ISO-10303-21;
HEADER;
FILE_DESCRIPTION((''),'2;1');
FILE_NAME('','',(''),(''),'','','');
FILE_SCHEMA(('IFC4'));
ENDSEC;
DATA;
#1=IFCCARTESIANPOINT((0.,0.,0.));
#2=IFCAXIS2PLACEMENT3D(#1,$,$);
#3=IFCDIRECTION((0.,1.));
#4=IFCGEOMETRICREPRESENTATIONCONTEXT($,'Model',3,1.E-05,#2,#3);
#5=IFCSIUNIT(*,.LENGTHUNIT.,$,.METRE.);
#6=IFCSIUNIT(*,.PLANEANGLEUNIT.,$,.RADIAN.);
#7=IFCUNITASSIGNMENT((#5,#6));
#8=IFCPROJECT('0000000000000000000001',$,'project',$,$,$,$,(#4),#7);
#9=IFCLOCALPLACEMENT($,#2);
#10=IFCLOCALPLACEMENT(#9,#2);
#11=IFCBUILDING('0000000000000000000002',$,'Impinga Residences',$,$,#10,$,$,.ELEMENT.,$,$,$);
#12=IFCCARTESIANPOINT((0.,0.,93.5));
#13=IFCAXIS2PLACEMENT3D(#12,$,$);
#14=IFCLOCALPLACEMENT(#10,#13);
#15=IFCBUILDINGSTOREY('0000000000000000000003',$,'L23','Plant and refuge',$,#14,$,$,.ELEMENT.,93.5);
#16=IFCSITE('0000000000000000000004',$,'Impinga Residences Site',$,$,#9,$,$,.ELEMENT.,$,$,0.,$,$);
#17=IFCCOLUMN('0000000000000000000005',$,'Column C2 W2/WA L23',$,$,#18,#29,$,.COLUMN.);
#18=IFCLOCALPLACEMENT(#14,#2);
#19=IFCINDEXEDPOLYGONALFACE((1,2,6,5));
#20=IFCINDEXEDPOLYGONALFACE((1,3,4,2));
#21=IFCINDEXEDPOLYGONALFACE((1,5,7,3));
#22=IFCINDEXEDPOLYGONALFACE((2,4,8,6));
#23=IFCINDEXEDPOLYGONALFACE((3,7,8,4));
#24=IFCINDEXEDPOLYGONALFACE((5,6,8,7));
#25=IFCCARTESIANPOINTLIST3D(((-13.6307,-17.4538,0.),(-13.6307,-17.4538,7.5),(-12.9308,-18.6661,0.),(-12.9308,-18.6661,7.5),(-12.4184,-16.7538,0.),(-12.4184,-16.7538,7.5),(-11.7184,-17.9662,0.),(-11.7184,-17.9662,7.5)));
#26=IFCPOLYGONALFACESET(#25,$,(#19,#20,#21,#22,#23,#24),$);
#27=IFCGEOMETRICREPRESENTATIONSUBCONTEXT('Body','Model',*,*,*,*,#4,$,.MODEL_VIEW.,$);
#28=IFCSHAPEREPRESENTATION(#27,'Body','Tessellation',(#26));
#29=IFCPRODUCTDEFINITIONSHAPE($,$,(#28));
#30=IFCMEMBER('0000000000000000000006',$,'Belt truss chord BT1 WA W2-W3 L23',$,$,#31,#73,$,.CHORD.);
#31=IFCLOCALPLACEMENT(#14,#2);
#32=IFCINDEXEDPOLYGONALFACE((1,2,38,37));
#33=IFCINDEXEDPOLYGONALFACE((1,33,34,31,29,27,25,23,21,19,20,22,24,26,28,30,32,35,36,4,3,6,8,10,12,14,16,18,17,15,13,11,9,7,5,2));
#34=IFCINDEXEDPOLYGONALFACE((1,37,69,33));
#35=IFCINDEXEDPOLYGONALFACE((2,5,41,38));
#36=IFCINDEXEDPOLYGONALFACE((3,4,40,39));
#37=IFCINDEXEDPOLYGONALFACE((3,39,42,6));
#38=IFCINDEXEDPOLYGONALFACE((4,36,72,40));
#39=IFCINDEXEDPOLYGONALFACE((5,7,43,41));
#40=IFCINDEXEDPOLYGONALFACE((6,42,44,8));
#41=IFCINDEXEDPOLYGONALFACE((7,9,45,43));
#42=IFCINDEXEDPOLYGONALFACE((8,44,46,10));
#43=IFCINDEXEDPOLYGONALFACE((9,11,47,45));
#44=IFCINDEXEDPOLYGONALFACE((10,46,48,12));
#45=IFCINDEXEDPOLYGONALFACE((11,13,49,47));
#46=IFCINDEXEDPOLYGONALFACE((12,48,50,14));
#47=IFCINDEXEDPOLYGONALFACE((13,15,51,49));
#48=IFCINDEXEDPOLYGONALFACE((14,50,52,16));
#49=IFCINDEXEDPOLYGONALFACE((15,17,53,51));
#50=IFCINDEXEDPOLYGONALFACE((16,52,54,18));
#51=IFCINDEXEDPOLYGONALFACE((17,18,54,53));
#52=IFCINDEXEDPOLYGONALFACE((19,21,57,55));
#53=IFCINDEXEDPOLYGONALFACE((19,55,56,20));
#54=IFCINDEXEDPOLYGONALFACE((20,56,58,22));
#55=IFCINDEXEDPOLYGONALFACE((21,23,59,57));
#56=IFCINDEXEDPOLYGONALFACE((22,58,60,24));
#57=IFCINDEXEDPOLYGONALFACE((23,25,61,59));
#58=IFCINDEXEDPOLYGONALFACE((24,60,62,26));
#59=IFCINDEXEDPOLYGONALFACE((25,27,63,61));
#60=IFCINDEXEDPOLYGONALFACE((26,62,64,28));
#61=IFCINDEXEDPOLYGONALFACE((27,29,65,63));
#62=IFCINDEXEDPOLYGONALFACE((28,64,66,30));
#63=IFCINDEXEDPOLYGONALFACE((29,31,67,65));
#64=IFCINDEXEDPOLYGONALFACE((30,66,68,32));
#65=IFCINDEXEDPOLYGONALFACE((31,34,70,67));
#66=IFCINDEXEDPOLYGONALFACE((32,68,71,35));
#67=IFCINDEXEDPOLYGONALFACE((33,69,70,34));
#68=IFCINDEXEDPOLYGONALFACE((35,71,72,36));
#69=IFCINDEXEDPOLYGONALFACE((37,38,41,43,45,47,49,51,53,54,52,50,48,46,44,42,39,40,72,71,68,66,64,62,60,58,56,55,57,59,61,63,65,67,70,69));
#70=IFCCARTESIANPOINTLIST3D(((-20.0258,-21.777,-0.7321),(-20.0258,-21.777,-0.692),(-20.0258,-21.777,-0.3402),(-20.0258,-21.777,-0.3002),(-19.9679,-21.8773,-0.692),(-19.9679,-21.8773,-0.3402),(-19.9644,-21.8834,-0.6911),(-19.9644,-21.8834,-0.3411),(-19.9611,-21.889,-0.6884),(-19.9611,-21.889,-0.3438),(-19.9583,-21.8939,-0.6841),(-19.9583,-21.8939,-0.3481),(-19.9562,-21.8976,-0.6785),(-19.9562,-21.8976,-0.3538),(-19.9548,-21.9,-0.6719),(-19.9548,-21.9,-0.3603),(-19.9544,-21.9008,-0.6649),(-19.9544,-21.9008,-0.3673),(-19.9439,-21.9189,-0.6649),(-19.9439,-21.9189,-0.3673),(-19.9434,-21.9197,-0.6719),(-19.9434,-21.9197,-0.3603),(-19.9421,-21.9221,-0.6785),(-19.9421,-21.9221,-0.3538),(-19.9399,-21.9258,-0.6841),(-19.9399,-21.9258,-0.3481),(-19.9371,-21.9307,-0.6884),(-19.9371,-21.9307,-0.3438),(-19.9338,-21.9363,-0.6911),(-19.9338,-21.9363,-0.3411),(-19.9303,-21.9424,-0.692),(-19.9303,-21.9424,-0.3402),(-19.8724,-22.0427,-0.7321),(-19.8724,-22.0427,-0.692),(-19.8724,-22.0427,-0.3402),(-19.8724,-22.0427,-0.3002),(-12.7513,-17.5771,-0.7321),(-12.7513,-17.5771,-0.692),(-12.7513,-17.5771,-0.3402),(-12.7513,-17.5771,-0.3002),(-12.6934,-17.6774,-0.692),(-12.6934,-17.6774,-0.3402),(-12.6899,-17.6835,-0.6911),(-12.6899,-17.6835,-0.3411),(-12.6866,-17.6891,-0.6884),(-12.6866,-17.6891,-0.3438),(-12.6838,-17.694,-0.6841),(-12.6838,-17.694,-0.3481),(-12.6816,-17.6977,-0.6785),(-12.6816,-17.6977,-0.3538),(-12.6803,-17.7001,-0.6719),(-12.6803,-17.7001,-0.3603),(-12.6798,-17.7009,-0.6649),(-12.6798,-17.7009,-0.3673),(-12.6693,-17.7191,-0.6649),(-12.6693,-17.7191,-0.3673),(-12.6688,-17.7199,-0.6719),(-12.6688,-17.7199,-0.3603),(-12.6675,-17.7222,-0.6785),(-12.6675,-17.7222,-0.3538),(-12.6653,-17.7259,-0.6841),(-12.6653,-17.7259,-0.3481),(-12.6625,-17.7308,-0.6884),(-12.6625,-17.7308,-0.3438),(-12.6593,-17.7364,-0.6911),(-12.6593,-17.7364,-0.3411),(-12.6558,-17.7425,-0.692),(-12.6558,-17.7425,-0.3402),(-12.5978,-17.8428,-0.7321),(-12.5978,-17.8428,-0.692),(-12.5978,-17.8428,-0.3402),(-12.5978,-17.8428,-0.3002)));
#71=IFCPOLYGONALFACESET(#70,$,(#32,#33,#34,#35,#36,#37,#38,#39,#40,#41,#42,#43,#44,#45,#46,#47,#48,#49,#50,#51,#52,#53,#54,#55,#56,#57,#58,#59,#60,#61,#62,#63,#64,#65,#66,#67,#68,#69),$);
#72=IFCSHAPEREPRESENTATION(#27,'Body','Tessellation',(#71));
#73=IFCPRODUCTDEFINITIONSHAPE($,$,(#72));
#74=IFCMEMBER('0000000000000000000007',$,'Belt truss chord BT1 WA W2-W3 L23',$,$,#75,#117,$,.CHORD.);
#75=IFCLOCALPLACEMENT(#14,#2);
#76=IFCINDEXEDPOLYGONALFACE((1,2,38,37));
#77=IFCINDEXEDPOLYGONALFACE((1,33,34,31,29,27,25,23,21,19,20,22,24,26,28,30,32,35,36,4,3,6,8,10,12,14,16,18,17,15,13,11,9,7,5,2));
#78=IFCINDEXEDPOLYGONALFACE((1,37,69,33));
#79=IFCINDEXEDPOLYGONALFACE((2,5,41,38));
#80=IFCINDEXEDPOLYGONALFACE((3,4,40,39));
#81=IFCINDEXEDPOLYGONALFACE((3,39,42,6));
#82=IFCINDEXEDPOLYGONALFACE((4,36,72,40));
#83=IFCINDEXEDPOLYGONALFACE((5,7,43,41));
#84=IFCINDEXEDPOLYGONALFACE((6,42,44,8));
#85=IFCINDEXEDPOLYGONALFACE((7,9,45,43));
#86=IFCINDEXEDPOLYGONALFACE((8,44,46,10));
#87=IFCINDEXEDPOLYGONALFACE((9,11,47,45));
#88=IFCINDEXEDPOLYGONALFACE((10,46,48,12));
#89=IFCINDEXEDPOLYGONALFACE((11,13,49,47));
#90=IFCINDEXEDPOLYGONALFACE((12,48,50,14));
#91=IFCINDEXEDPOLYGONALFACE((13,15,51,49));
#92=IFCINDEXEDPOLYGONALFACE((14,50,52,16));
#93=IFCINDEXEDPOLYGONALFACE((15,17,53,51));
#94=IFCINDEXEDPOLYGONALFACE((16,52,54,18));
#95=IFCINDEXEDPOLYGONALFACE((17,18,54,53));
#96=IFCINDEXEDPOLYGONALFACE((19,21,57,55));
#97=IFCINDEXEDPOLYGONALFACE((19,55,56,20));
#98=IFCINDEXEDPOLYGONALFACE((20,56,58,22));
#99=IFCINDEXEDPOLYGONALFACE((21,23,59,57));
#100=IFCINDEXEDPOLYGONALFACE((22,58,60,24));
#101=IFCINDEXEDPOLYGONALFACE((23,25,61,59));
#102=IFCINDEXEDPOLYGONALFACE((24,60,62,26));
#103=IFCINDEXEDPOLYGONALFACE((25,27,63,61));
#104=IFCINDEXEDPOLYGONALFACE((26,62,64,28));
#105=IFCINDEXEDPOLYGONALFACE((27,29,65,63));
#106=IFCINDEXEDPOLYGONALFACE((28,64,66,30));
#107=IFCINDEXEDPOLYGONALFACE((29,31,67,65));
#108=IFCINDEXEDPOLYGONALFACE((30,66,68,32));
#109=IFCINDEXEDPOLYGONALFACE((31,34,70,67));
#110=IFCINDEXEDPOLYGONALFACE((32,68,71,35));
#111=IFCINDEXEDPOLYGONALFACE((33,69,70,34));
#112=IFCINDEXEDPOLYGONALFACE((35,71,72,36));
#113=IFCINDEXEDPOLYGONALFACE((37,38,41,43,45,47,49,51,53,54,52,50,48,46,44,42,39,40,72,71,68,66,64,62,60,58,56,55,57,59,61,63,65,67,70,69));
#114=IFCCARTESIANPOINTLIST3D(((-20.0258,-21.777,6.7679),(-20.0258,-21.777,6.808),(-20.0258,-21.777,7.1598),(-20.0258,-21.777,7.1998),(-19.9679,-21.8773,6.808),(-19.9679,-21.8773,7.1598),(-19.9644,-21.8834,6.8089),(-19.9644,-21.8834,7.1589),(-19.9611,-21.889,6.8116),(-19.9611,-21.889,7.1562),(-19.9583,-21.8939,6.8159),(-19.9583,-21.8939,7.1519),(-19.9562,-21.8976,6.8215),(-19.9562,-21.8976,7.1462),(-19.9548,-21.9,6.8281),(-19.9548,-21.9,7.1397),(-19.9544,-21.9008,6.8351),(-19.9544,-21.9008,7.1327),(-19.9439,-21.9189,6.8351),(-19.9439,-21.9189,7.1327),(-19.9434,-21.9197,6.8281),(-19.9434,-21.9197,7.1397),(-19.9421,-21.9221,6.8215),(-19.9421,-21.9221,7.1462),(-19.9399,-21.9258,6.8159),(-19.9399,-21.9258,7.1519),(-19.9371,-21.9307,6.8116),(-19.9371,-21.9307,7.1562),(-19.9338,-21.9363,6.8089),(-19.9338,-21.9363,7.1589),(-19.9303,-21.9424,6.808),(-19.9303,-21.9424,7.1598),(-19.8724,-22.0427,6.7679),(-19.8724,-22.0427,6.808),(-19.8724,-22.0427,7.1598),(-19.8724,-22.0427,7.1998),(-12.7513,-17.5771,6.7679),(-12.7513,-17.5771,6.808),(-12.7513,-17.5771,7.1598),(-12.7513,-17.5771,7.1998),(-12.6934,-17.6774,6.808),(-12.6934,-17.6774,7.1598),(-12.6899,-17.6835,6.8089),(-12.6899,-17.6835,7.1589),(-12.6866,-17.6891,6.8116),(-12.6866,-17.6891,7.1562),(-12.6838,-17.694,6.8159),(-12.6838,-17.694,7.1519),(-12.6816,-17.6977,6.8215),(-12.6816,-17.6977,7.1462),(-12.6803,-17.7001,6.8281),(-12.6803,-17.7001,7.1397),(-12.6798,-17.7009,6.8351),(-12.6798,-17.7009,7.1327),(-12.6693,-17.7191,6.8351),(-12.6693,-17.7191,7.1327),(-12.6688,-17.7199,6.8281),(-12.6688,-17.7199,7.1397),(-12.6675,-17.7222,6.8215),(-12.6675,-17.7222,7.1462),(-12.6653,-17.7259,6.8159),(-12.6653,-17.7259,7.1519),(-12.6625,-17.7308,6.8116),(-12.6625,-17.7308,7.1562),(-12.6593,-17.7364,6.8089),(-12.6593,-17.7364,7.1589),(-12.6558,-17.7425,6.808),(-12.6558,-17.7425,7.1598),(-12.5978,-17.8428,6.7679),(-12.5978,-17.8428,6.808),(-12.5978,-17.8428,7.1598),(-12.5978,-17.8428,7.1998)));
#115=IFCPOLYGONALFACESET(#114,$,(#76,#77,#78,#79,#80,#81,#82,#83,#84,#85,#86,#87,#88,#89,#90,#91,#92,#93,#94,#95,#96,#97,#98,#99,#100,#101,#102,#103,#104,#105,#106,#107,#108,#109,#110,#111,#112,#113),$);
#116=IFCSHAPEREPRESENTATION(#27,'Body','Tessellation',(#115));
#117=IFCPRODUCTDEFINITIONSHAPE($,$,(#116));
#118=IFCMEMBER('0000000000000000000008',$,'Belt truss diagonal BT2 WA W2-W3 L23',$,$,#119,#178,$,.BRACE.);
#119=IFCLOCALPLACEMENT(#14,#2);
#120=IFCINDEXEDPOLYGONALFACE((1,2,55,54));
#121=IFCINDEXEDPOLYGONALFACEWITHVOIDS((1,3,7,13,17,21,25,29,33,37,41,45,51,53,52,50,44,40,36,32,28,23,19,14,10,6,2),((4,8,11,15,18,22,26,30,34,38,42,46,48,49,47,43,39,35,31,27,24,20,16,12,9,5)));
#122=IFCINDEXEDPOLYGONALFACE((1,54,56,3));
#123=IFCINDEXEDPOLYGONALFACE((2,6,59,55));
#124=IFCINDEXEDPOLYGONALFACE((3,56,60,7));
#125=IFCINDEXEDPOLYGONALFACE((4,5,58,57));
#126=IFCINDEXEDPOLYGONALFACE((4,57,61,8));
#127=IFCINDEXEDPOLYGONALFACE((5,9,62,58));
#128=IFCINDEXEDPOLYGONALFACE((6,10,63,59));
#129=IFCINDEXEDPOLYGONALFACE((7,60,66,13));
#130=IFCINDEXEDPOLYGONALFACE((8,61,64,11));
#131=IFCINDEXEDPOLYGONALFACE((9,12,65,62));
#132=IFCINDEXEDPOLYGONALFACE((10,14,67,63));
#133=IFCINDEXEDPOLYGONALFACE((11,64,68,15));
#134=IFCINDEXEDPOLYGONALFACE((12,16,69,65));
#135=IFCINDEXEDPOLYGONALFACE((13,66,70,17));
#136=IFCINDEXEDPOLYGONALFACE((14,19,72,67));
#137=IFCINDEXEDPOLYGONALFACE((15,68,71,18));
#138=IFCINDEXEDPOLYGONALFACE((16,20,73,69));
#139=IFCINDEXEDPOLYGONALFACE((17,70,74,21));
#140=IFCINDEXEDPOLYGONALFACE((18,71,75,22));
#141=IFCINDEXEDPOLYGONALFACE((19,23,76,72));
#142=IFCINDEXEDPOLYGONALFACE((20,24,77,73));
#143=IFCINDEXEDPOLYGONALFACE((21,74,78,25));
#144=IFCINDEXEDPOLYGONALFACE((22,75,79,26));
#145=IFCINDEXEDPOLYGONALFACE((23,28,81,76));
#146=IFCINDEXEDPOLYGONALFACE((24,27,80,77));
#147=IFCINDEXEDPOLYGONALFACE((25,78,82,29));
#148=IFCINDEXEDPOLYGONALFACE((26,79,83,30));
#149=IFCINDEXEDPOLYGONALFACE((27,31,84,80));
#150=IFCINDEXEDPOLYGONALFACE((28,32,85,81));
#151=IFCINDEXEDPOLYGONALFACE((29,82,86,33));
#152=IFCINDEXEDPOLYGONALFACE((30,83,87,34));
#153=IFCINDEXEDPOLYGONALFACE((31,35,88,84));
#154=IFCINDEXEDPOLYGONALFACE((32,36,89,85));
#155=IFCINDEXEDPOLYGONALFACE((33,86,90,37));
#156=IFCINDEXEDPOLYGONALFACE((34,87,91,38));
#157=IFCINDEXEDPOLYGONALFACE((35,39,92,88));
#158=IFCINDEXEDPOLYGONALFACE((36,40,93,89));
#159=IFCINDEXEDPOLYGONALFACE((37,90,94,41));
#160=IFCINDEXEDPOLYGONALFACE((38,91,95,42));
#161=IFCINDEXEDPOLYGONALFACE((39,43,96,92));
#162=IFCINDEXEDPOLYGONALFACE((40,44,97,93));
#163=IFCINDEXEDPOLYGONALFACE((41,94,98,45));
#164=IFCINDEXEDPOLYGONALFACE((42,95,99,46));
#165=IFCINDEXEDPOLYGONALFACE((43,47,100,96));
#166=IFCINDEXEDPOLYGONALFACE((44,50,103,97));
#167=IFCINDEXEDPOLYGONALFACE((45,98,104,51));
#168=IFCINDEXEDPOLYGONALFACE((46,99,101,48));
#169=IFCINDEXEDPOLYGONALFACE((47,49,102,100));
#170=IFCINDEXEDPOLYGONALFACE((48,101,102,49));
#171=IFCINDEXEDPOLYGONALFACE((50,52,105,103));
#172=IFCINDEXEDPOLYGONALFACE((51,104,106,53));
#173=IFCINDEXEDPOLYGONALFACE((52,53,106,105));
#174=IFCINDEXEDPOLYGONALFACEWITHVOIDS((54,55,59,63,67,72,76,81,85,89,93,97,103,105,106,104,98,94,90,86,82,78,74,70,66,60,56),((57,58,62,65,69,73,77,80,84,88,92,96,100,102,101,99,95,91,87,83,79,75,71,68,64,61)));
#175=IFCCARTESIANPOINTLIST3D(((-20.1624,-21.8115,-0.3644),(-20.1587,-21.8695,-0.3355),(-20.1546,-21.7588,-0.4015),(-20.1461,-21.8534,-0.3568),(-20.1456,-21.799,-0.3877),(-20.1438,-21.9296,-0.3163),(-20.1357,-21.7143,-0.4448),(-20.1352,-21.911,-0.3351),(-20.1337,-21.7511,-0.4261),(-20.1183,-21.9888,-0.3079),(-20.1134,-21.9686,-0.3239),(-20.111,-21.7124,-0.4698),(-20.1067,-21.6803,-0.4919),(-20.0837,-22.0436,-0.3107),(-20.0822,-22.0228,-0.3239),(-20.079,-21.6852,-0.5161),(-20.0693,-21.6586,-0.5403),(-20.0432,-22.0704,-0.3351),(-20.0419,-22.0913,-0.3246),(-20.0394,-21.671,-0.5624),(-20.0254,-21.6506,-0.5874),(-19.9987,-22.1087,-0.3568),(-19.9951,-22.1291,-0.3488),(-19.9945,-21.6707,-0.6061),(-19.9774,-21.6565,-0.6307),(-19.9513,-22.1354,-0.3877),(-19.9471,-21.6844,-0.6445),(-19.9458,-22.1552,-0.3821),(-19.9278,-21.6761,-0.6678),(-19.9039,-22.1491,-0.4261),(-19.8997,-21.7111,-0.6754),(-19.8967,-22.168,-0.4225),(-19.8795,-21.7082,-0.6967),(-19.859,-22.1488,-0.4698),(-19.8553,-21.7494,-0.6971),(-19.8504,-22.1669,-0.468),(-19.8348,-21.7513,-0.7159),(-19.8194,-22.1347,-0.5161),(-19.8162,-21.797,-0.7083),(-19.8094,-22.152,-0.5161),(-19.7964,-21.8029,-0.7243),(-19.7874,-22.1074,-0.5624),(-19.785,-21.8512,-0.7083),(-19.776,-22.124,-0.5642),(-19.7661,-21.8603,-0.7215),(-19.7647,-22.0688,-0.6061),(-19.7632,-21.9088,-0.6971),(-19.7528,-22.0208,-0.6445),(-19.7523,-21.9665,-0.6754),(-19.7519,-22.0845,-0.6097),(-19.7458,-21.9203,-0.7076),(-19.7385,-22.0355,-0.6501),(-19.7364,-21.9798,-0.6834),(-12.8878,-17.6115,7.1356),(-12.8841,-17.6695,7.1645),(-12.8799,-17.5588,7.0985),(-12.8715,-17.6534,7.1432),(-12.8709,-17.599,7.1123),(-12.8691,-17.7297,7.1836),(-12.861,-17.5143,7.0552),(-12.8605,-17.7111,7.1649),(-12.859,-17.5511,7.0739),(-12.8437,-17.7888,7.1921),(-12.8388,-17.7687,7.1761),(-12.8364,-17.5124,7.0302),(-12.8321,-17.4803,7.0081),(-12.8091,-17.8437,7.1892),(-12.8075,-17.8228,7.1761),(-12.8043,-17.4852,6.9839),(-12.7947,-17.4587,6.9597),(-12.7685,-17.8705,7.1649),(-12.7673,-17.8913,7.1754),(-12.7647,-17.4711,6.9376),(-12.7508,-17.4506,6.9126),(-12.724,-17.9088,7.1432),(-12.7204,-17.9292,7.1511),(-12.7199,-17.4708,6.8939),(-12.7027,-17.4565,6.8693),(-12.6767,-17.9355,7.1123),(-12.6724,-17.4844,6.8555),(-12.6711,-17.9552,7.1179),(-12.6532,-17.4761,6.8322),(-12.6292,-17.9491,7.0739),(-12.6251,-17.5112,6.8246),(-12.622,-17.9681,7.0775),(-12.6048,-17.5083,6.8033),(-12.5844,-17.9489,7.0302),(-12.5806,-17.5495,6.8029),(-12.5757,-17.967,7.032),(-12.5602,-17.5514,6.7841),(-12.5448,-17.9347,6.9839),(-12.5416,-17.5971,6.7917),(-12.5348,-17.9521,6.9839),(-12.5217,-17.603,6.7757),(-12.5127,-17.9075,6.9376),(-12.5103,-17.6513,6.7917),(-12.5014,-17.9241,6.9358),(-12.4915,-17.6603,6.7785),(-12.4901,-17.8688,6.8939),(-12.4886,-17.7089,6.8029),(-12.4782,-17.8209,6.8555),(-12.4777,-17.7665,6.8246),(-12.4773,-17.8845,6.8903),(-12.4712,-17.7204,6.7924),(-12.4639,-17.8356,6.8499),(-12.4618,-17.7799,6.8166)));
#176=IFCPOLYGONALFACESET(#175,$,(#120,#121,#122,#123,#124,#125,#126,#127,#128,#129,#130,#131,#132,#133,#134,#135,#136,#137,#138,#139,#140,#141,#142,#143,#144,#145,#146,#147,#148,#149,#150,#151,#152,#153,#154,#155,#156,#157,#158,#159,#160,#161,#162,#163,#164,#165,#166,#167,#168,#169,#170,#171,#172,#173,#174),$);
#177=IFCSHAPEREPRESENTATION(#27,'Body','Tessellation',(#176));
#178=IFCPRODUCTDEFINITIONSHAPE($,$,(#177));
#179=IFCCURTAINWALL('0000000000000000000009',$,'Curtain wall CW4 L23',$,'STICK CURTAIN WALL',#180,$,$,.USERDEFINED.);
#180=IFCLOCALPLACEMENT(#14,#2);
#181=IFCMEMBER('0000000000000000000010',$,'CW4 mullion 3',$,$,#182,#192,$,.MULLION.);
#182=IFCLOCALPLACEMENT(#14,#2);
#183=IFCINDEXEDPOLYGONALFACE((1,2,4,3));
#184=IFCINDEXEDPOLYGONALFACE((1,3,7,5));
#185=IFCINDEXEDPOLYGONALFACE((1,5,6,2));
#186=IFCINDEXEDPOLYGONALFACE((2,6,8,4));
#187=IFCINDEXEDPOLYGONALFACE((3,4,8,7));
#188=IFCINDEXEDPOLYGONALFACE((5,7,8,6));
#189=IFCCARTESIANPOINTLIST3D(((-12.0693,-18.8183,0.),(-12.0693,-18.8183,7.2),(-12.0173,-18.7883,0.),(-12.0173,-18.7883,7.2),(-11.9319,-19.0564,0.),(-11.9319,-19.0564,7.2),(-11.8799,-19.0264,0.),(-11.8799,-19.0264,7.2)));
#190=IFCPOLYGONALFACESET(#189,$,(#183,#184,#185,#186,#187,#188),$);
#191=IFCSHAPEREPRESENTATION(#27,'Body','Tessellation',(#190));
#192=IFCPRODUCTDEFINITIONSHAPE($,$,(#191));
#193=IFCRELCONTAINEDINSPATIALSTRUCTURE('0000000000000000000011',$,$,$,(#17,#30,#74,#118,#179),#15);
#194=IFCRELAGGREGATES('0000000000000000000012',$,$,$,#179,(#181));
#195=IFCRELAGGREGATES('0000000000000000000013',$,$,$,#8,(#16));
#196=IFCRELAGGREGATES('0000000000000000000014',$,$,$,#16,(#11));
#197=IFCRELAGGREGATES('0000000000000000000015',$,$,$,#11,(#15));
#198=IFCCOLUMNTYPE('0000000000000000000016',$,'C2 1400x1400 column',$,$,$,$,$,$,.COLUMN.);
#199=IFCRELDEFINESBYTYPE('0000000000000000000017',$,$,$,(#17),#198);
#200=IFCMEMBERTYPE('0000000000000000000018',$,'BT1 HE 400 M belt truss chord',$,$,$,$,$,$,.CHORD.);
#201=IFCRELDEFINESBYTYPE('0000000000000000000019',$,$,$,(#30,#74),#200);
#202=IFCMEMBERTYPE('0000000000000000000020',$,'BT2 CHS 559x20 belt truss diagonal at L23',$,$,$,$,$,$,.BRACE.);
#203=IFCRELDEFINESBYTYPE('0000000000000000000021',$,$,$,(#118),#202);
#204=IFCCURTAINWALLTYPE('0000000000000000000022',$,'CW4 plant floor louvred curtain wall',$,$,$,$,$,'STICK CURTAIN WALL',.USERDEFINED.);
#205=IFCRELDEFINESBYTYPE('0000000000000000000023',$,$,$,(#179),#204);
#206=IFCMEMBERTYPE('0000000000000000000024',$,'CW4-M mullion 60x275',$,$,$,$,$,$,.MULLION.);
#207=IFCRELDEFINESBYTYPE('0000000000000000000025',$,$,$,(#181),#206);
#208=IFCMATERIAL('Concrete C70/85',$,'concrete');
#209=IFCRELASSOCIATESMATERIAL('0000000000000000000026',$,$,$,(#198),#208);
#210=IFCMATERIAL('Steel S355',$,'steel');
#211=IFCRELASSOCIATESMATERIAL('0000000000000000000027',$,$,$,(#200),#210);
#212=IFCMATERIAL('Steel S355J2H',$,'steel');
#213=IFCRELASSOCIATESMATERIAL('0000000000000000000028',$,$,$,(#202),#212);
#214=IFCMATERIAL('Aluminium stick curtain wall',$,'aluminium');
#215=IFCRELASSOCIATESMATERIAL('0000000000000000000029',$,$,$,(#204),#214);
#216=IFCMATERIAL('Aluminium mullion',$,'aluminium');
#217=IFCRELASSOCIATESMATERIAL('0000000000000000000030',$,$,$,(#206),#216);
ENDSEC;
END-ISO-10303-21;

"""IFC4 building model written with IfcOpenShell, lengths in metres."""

from ifc_helpers import new_model, si_unit, direction, frame, origin, origin_2d, place, context, subcontext, project, spatial, rectangle, hollow_circle, i_section, extrude, material, material_profile, profile_set, type_object, element, aggregate, save


model = new_model("IFC4")

# Units and contexts
model_context = context("Model", 3, precision=1e-05, world=origin(), true_north=direction((0.0, 1.0)))
body_context = subcontext(model_context, "Body", "Model", "MODEL_VIEW")
ifc_project = project(units=[si_unit("LENGTHUNIT", "METRE"), si_unit("PLANEANGLEUNIT", "RADIAN")], contexts=[model_context])

# Site, building, storey
site_placement = place(None, origin())
site = spatial("IfcSite", under=ifc_project, at=site_placement, Name="Impinga Residences Site", CompositionType="ELEMENT", RefElevation=0.0)
building_placement = place(site_placement, origin())
building = spatial("IfcBuilding", under=site, at=building_placement, Name="Impinga Residences", CompositionType="ELEMENT")
storey_placement = place(building_placement, frame((0.0, 0.0, 93.5)))
storey = spatial("IfcBuildingStorey", under=building, at=storey_placement, Name="L23", Description="Plant and refuge", CompositionType="ELEMENT", Elevation=93.5)

# Column
ifc_material_1 = material(Name="Concrete C70/85", Category="concrete")
ifc_material_profile_1 = material_profile(ifc_material_1, rectangle(XDim=1.3999, YDim=1.3999, at=origin_2d()), Name="RC 1400x1400")
ifc_profile_set_1 = profile_set([ifc_material_profile_1], Name="Concrete C70/85")
column_type = type_object("IfcColumnType", Name="C2 1400x1400 column", PredefinedType="COLUMN", material=ifc_profile_set_1)
column_placement = place(storey_placement, frame((-12.6746, -17.71, 0.0), z_axis=(0.0, 0.0, 1.0), x_axis=(-0.5, 0.866025, 0.0)))
element("IfcColumn", 1, at=column_placement, inside=storey, type_object=column_type, Name="Column C2 W2/WA L23", PredefinedType="COLUMN", context=body_context, shape_type="SweptSolid", body=[
    extrude(rectangle(XDim=1.3999, YDim=1.3999, at=origin_2d()), origin(), (0.0, 0.0, 1.0), 7.5),
])

# Members
ifc_material_2 = material(Name="Steel S355", Category="steel")
ifc_material_profile_2 = material_profile(ifc_material_2, i_section(OverallWidth=0.3069, OverallDepth=0.4319, WebThickness=0.021, FlangeThickness=0.04, FilletRadius=0.0271, at=origin_2d()), Name="HE 400 M")
ifc_profile_set_2 = profile_set([ifc_material_profile_2], Name="Steel S355")
member_type_1 = type_object("IfcMemberType", Name="BT1 HE 400 M belt truss chord", PredefinedType="CHORD", material=ifc_profile_set_2)
for number, where, z_axis, x_axis, name in (
    (2, (-12.6746, -17.71, -0.5161), (-0.866029, -0.499993, 0.0), (0.499993, -0.866029, 0.0), "Belt truss chord BT1 WA W2-W3 L23"),
    (3, (-12.6746, -17.71, 6.9839), (-0.866029, -0.499993, 0.0), (0.499993, -0.866029, 0.0), "Belt truss chord BT1 WA W2-W3 L23"),
):
    element("IfcMember", number, at=place(storey_placement, frame(where, z_axis=z_axis, x_axis=x_axis)), inside=storey, type_object=member_type_1, Name=name, PredefinedType="CHORD", context=body_context, shape_type="SweptSolid", body=[
        extrude(i_section(OverallWidth=0.3069, OverallDepth=0.4319, WebThickness=0.021, FlangeThickness=0.04, FilletRadius=0.0271, at=origin_2d()), origin(), (0.0, 0.0, 1.0), 8.3999),
    ])
ifc_material_3 = material(Name="Steel S355J2H", Category="steel")
ifc_material_profile_3 = material_profile(ifc_material_3, hollow_circle(Radius=0.2795, WallThickness=0.02, at=origin_2d()), Name="CHS 559x20")
ifc_profile_set_3 = profile_set([ifc_material_profile_3], Name="Steel S355J2H")
member_type_2 = type_object("IfcMemberType", Name="BT2 CHS 559x20 belt truss diagonal at L23", PredefinedType="BRACE", material=ifc_profile_set_3)
member_1_placement = place(storey_placement, frame((-12.6746, -17.71, 6.9839), z_axis=(-0.646004, -0.372964, -0.666015), x_axis=(0.499993, -0.866029, 0.0)))
element("IfcMember", 4, at=member_1_placement, inside=storey, type_object=member_type_2, Name="Belt truss diagonal BT2 WA W2-W3 L23", PredefinedType="BRACE", context=body_context, shape_type="SweptSolid", body=[
    extrude(hollow_circle(Radius=0.2795, WallThickness=0.02, at=origin_2d()), origin(), (0.0, 0.0, 1.0), 11.261),
])

# Curtain wall, member
ifc_material_4 = material(Name="Aluminium stick curtain wall", Category="aluminium")
curtain_wall_type = type_object("IfcCurtainWallType", Name="CW4 plant floor louvred curtain wall", ElementType="STICK CURTAIN WALL", PredefinedType="USERDEFINED", material=ifc_material_4)
curtain_wall_placement = place(storey_placement, origin())
curtain_wall = element("IfcCurtainWall", 5, at=curtain_wall_placement, inside=storey, type_object=curtain_wall_type, Name="Curtain wall CW4 L23", ObjectType="STICK CURTAIN WALL", PredefinedType="USERDEFINED")
ifc_material_5 = material(Name="Aluminium mullion", Category="aluminium")
ifc_material_profile_4 = material_profile(ifc_material_5, rectangle(XDim=0.0601, YDim=0.2749, at=origin_2d()), Name="60x275 mullion")
ifc_profile_set_4 = profile_set([ifc_material_profile_4], Name="Aluminium mullion")
member_type_3 = type_object("IfcMemberType", Name="CW4-M mullion 60x275", PredefinedType="MULLION", material=ifc_profile_set_4)
member_2_placement = place(storey_placement, frame((-11.9746, -18.9224, 0.0), z_axis=(0.0, 0.0, 1.0), x_axis=(-0.866025, -0.5, 0.0)))
member_2 = element("IfcMember", 6, at=member_2_placement, type_object=member_type_3, Name="CW4 mullion 3", PredefinedType="MULLION", context=body_context, shape_type="SweptSolid", body=[
    extrude(rectangle(XDim=0.0601, YDim=0.2749, at=origin_2d()), origin(), (0.0, 0.0, 1.0), 7.2),
])
aggregate(curtain_wall, [member_2])

save(model, "model.ifc")
